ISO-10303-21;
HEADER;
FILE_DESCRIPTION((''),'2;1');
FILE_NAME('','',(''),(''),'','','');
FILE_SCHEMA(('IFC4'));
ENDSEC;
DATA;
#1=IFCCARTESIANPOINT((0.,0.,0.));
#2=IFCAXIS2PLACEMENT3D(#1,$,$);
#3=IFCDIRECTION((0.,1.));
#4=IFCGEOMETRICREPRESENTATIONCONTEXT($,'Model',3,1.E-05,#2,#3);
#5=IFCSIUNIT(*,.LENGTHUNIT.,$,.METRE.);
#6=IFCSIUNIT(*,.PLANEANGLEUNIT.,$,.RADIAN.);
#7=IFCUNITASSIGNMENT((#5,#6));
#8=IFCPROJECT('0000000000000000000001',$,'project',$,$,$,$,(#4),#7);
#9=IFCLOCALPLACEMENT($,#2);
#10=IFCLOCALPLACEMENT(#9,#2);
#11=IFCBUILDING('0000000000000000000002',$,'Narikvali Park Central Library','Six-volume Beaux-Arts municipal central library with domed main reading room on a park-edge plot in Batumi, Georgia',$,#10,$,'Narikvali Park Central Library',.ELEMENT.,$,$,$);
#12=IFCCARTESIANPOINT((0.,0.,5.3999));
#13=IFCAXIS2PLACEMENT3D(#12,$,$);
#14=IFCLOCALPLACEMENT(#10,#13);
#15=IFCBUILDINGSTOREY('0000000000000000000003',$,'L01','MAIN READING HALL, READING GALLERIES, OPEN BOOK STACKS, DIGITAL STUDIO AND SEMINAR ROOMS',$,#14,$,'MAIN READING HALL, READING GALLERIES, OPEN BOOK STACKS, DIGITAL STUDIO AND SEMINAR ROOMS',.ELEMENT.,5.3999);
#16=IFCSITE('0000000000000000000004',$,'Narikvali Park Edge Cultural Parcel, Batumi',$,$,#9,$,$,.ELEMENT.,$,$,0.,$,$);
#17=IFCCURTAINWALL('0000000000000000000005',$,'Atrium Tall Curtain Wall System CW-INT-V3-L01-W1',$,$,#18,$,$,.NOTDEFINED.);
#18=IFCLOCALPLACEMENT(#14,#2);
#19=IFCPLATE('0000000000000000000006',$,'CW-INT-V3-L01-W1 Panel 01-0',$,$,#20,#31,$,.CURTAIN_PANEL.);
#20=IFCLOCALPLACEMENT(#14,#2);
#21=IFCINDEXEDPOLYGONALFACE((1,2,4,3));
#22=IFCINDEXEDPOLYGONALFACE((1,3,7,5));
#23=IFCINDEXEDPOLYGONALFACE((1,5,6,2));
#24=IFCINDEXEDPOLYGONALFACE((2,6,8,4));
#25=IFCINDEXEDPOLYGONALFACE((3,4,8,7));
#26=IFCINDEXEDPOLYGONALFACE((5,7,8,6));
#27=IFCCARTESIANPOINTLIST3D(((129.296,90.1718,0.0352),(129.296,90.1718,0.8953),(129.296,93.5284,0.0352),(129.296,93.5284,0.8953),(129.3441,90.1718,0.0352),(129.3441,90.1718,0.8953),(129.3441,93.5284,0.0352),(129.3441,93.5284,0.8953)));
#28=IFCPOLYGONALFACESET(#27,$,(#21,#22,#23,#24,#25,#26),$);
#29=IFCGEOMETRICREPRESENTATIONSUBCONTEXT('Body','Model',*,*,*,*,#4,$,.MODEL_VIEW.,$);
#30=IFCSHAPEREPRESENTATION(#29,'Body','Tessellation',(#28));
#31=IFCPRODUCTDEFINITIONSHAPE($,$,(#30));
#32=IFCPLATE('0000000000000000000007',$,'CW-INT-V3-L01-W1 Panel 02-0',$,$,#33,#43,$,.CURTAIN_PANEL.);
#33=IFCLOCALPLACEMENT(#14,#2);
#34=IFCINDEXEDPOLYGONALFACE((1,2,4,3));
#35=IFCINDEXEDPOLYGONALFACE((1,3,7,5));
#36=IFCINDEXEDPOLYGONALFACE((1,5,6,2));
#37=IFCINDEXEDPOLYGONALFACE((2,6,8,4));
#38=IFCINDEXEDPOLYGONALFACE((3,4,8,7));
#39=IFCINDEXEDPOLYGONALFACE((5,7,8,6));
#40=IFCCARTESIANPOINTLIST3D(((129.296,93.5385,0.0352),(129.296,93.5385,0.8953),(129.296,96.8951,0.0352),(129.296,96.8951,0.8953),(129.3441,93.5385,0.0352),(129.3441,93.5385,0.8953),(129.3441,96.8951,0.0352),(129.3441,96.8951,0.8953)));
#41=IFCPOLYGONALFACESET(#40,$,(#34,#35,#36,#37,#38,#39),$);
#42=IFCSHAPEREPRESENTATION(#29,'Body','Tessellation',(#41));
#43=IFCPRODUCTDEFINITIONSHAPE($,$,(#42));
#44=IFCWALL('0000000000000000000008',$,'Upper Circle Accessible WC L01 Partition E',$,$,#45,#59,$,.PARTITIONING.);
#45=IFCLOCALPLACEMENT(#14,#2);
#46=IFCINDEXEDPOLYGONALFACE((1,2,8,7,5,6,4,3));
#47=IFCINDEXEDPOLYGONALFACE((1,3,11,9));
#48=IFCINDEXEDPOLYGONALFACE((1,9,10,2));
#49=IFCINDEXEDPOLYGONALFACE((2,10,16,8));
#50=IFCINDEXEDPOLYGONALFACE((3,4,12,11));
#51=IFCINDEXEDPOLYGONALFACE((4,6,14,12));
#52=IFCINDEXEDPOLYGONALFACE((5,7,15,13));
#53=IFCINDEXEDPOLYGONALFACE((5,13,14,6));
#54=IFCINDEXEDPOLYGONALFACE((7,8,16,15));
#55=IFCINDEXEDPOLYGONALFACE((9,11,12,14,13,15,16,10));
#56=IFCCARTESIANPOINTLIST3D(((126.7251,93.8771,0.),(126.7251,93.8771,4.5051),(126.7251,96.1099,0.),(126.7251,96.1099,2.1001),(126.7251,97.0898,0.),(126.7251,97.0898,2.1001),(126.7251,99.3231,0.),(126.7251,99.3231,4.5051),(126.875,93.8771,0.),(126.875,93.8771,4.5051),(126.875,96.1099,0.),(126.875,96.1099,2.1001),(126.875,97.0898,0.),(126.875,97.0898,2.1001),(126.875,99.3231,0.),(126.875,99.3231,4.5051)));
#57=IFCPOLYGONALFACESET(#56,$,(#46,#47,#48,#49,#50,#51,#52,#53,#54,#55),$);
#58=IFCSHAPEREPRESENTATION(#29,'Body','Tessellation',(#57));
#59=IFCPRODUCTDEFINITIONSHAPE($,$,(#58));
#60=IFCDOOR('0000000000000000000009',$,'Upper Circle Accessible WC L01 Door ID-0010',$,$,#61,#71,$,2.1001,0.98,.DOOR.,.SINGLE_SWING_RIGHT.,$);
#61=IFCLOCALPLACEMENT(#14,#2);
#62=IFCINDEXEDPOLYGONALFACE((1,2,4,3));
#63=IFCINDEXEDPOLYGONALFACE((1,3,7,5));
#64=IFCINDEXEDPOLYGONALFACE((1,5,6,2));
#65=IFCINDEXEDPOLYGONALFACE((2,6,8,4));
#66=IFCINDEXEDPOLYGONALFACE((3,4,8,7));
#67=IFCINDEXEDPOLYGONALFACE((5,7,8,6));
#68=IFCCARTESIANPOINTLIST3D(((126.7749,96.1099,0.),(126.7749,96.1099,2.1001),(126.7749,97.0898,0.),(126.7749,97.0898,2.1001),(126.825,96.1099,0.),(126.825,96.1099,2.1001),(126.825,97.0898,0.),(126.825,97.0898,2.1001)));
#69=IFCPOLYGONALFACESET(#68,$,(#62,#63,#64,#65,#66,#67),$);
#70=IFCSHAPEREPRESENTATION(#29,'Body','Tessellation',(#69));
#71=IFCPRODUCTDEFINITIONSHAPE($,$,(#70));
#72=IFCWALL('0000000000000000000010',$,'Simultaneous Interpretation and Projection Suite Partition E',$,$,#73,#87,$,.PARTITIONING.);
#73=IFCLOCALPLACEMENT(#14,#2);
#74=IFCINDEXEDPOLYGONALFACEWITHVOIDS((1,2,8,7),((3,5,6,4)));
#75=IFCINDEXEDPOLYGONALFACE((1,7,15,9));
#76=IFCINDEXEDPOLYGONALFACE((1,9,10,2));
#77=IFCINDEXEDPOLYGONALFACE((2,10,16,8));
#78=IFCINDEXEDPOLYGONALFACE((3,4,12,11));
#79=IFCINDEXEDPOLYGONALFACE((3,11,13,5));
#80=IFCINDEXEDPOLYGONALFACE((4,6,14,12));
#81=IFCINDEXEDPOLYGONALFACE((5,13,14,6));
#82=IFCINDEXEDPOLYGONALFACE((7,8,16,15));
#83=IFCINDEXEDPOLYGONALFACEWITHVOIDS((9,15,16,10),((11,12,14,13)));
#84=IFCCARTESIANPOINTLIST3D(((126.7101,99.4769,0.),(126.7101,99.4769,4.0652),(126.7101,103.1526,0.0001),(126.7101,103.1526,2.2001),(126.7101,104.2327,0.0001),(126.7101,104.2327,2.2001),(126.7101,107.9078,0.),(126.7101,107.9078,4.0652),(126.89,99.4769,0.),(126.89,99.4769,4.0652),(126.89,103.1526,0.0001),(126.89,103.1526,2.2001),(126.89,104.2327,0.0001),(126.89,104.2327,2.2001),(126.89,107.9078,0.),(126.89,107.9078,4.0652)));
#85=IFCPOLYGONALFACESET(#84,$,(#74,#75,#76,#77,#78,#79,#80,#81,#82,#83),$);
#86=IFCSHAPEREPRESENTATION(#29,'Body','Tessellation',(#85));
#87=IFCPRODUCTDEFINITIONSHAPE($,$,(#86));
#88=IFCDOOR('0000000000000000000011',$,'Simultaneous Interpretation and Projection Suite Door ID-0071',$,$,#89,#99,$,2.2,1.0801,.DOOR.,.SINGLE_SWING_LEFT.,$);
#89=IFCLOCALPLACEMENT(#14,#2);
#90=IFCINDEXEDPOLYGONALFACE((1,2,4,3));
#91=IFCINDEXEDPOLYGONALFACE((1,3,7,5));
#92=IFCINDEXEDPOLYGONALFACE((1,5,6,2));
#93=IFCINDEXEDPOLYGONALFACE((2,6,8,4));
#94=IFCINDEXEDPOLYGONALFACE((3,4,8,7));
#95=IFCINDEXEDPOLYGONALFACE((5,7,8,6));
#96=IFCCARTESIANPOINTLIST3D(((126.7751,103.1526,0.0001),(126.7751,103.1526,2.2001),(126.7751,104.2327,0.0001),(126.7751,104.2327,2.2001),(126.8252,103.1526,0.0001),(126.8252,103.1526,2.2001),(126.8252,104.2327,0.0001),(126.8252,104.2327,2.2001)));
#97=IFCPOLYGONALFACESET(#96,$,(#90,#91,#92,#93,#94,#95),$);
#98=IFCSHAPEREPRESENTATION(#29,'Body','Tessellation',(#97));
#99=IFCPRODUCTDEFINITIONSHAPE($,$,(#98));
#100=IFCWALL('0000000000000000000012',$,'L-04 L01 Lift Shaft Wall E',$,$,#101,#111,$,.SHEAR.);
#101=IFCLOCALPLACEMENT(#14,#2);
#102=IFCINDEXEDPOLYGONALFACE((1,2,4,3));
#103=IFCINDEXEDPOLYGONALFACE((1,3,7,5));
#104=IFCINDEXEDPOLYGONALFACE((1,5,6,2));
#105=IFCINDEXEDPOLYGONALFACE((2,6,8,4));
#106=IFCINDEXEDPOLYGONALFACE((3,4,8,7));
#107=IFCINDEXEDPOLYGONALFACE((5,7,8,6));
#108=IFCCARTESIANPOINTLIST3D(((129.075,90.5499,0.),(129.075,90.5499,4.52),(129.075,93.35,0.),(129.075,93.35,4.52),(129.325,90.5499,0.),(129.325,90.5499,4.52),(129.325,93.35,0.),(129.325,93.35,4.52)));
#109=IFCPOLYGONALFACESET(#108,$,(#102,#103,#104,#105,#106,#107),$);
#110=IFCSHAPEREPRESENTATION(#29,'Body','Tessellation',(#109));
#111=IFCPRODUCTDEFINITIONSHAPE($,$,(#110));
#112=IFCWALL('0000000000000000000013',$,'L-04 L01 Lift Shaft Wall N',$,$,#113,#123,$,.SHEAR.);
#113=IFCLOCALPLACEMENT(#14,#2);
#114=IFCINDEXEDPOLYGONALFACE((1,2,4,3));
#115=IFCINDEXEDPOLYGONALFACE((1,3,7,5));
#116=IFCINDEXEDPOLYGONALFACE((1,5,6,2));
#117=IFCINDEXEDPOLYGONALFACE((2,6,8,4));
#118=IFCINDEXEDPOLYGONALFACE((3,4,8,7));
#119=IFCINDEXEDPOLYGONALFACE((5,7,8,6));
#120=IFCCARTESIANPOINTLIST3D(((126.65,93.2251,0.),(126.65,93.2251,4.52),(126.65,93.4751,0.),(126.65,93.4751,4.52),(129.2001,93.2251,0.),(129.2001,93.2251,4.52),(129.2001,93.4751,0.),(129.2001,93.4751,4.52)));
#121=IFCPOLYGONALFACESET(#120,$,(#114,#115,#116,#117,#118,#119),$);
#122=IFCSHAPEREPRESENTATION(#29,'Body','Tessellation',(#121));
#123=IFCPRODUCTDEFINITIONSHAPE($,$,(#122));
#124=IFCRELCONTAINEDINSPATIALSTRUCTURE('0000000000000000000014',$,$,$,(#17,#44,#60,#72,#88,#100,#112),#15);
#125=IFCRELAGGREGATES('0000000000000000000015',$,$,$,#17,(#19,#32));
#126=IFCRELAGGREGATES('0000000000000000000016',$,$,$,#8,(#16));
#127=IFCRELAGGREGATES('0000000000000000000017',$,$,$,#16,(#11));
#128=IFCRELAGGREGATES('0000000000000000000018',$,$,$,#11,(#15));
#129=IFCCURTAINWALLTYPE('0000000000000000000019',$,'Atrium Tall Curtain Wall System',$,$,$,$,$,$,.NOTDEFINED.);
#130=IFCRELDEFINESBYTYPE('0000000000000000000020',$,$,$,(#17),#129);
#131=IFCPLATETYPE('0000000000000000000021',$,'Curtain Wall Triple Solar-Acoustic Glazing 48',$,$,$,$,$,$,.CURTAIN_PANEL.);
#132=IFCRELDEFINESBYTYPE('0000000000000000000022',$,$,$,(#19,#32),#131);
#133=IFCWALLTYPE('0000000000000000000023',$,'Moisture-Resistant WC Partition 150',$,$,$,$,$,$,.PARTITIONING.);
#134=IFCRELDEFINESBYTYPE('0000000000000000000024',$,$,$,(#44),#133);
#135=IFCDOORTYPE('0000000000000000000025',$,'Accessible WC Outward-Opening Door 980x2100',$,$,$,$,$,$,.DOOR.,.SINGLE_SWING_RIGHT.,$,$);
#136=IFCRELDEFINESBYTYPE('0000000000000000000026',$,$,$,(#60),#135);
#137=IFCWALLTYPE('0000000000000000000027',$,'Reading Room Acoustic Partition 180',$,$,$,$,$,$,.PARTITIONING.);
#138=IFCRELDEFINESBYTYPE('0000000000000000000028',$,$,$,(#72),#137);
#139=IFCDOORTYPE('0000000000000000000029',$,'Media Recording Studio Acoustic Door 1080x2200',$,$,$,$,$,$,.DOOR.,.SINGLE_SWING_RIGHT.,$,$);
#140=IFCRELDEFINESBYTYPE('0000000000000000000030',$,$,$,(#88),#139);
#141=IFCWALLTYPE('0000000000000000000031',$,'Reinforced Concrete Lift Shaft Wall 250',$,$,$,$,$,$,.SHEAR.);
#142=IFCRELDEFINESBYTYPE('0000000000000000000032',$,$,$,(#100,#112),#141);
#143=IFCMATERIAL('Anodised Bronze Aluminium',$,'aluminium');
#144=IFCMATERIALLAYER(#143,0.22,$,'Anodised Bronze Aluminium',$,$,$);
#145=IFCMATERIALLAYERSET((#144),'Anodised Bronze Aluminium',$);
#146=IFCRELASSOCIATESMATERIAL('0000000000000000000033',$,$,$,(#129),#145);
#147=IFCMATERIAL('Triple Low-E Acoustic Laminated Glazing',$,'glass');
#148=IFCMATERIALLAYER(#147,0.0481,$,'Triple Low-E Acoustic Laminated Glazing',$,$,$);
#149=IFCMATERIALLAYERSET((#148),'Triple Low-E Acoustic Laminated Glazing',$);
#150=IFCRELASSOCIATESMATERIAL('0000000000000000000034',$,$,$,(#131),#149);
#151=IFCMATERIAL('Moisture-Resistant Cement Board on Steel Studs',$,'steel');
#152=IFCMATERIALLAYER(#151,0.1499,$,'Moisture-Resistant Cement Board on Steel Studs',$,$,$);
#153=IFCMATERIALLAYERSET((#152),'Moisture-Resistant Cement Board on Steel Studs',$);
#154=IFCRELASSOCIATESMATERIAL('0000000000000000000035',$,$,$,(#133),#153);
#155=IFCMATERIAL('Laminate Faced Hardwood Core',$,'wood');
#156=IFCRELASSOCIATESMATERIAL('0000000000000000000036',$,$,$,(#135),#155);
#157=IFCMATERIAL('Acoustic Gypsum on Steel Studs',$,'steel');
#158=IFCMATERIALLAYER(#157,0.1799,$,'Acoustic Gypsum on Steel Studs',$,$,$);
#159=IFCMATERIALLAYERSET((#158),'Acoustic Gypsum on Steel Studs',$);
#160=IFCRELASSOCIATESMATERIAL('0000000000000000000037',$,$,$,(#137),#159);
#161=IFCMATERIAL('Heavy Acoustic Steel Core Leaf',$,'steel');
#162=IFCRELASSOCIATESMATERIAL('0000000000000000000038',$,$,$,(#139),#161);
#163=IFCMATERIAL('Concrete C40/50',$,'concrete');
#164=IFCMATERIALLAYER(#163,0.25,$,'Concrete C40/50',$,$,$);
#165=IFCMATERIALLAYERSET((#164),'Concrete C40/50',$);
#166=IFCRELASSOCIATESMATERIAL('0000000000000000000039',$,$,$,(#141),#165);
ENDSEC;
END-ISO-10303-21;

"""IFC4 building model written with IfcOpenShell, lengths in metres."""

from ifc_helpers import new_model, si_unit, direction, frame, frame_2d, origin, origin_2d, place, context, subcontext, project, spatial, rectangle, extrude, material, layer, layer_set, type_object, element, fill, aggregate, save


model = new_model("IFC4")

# Units and contexts
model_context = context("Model", 3, precision=1e-05, world=origin(), true_north=direction((0.0, 1.0)))
body_context = subcontext(model_context, "Body", "Model", "MODEL_VIEW")
ifc_project = project(units=[si_unit("LENGTHUNIT", "METRE"), si_unit("PLANEANGLEUNIT", "RADIAN")], contexts=[model_context])

# Site, building, storey
site_placement = place(None, origin())
site = spatial("IfcSite", under=ifc_project, at=site_placement, Name="Narikvali Park Edge Cultural Parcel, Batumi", CompositionType="ELEMENT", RefElevation=0.0)
building_placement = place(site_placement, origin())
building = spatial("IfcBuilding", under=site, at=building_placement, Name="Narikvali Park Central Library", Description="Six-volume Beaux-Arts municipal central library with domed main reading room on a park-edge plot in Batumi, Georgia", LongName="Narikvali Park Central Library", CompositionType="ELEMENT")
storey_placement = place(building_placement, frame((0.0, 0.0, 5.3999)))
storey = spatial("IfcBuildingStorey", under=building, at=storey_placement, Name="L01", Description="MAIN READING HALL, READING GALLERIES, OPEN BOOK STACKS, DIGITAL STUDIO AND SEMINAR ROOMS", LongName="MAIN READING HALL, READING GALLERIES, OPEN BOOK STACKS, DIGITAL STUDIO AND SEMINAR ROOMS", CompositionType="ELEMENT", Elevation=5.3999)

# Curtain wall
ifc_material_1 = material(Name="Anodised Bronze Aluminium", Category="aluminium")
ifc_layer_1 = layer(ifc_material_1, 0.22, Name="Anodised Bronze Aluminium")
ifc_layer_set_1 = layer_set([ifc_layer_1], Name="Anodised Bronze Aluminium")
curtain_wall_type = type_object("IfcCurtainWallType", Name="Atrium Tall Curtain Wall System", PredefinedType="NOTDEFINED", material=ifc_layer_set_1)
curtain_wall_1_placement = place(storey_placement, origin())
curtain_wall_1 = element("IfcCurtainWall", 1, at=curtain_wall_1_placement, inside=storey, type_object=curtain_wall_type, Name="Atrium Tall Curtain Wall System CW-INT-V3-L01-W1", PredefinedType="NOTDEFINED")

# Plates
ifc_material_2 = material(Name="Triple Low-E Acoustic Laminated Glazing", Category="glass")
ifc_layer_2 = layer(ifc_material_2, 0.0481, Name="Triple Low-E Acoustic Laminated Glazing")
ifc_layer_set_2 = layer_set([ifc_layer_2], Name="Triple Low-E Acoustic Laminated Glazing")
plate_type_1 = type_object("IfcPlateType", Name="Curtain Wall Triple Solar-Acoustic Glazing 48", PredefinedType="CURTAIN_PANEL", material=ifc_layer_set_2)
plate_1_placement = place(storey_placement, frame((129.3201, 91.8501, 0.0352), z_axis=(0.0, 0.0, 1.0), x_axis=(0.0, 1.0, 0.0)))
plate_1 = element("IfcPlate", 2, at=plate_1_placement, type_object=plate_type_1, Name="CW-INT-V3-L01-W1 Panel 01-0", PredefinedType="CURTAIN_PANEL", context=body_context, shape_type="SweptSolid", body=[
    extrude(rectangle(XDim=3.3567, YDim=0.0481, at=origin_2d()), origin(), (0.0, 0.0, 1.0), 0.8601),
])
plate_2_placement = place(storey_placement, frame((129.3201, 95.2168, 0.0352), z_axis=(0.0, 0.0, 1.0), x_axis=(0.0, 1.0, 0.0)))
plate_2 = element("IfcPlate", 3, at=plate_2_placement, type_object=plate_type_1, Name="CW-INT-V3-L01-W1 Panel 02-0", PredefinedType="CURTAIN_PANEL", context=body_context, shape_type="SweptSolid", body=[
    extrude(rectangle(XDim=3.3567, YDim=0.0481, at=origin_2d()), origin(), (0.0, 0.0, 1.0), 0.8601),
])
aggregate(curtain_wall_1, [plate_1, plate_2])

# Walls, openings, doors
ifc_material_3 = material(Name="Moisture-Resistant Cement Board on Steel Studs", Category="steel")
ifc_layer_3 = layer(ifc_material_3, 0.1499, Name="Moisture-Resistant Cement Board on Steel Studs")
ifc_layer_set_3 = layer_set([ifc_layer_3], Name="Moisture-Resistant Cement Board on Steel Studs")
wall_type_1 = type_object("IfcWallType", Name="Moisture-Resistant WC Partition 150", PredefinedType="PARTITIONING", material=ifc_layer_set_3)
wall_1_placement = place(storey_placement, frame((126.8, 93.877, 0.0), z_axis=(0.0, 0.0, 1.0), x_axis=(0.0, 1.0, 0.0)))
wall_1 = element("IfcWall", 4, at=wall_1_placement, inside=storey, type_object=wall_type_1, Name="Upper Circle Accessible WC L01 Partition E", PredefinedType="PARTITIONING", context=body_context, shape_type="SweptSolid", body=[
    extrude(rectangle(XDim=5.446, YDim=0.1499, at=frame_2d((2.7231, 0.0))), origin(), (0.0, 0.0, 1.0), 4.5051),
])
opening_1_placement = place(wall_1_placement, frame((2.2329, 0.0, 0.0)))
opening_1 = element("IfcOpeningElement", 5, at=opening_1_placement, cuts=wall_1, PredefinedType="OPENING", context=body_context, shape_type="SweptSolid", body=[
    extrude(rectangle(XDim=0.98, YDim=2.1001, at=frame_2d((0.49, 1.05))), frame((0.0, 0.0869, 0.0), z_axis=(0.0, -1.0, 0.0), x_axis=(1.0, 0.0, 0.0)), (0.0, 0.0, 1.0), 0.1738),
])
ifc_material_4 = material(Name="Laminate Faced Hardwood Core", Category="wood")
door_type_1 = type_object("IfcDoorType", Name="Accessible WC Outward-Opening Door 980x2100", OperationType="SINGLE_SWING_RIGHT", PredefinedType="DOOR", material=ifc_material_4)
door_1_placement = place(opening_1_placement, frame((0.98, 0.0, 0.0), z_axis=(0.0, 0.0, 1.0), x_axis=(-1.0, 0.0, 0.0)))
door_1 = element("IfcDoor", 6, at=door_1_placement, inside=storey, type_object=door_type_1, Name="Upper Circle Accessible WC L01 Door ID-0010", OperationType="SINGLE_SWING_RIGHT", OverallHeight=2.1001, OverallWidth=0.98, PredefinedType="DOOR", context=body_context, shape_type="SweptSolid", body=[
    extrude(rectangle(XDim=0.98, YDim=2.1001, at=frame_2d((0.49, 1.05))), frame((0.0, 0.0249, 0.0), z_axis=(0.0, -1.0, 0.0), x_axis=(1.0, 0.0, 0.0)), (0.0, 0.0, 1.0), 0.05),
])
fill(opening_1, door_1)
ifc_material_5 = material(Name="Acoustic Gypsum on Steel Studs", Category="steel")
ifc_layer_4 = layer(ifc_material_5, 0.1799, Name="Acoustic Gypsum on Steel Studs")
ifc_layer_set_4 = layer_set([ifc_layer_4], Name="Acoustic Gypsum on Steel Studs")
wall_type_2 = type_object("IfcWallType", Name="Reading Room Acoustic Partition 180", PredefinedType="PARTITIONING", material=ifc_layer_set_4)
wall_2_placement = place(storey_placement, frame((126.8, 99.4771, 0.0), z_axis=(0.0, 0.0, 1.0), x_axis=(0.0, 1.0, 0.0)))
wall_2 = element("IfcWall", 7, at=wall_2_placement, inside=storey, type_object=wall_type_2, Name="Simultaneous Interpretation and Projection Suite Partition E", PredefinedType="PARTITIONING", context=body_context, shape_type="SweptSolid", body=[
    extrude(rectangle(XDim=8.4309, YDim=0.1799, at=frame_2d((4.2153, 0.0))), origin(), (0.0, 0.0, 1.0), 4.0652),
])
opening_2_placement = place(wall_2_placement, frame((3.6755, 0.0, 0.0)))
opening_2 = element("IfcOpeningElement", 8, at=opening_2_placement, cuts=wall_2, PredefinedType="OPENING", context=body_context, shape_type="SweptSolid", body=[
    extrude(rectangle(XDim=1.0801, YDim=2.2, at=frame_2d((0.54, 1.1001))), frame((0.0, 0.1021, 0.0), z_axis=(0.0, -1.0, 0.0), x_axis=(1.0, 0.0, 0.0)), (0.0, 0.0, 1.0), 0.2039),
])
ifc_material_6 = material(Name="Heavy Acoustic Steel Core Leaf", Category="steel")
door_type_2 = type_object("IfcDoorType", Name="Media Recording Studio Acoustic Door 1080x2200", OperationType="SINGLE_SWING_RIGHT", PredefinedType="DOOR", material=ifc_material_6)
door_2_placement = place(opening_2_placement, origin())
door_2 = element("IfcDoor", 9, at=door_2_placement, inside=storey, type_object=door_type_2, Name="Simultaneous Interpretation and Projection Suite Door ID-0071", OperationType="SINGLE_SWING_LEFT", OverallHeight=2.2, OverallWidth=1.0801, PredefinedType="DOOR", context=body_context, shape_type="SweptSolid", body=[
    extrude(rectangle(XDim=1.0801, YDim=2.2, at=frame_2d((0.54, 1.1001))), frame((0.0, 0.0249, 0.0), z_axis=(0.0, -1.0, 0.0), x_axis=(1.0, 0.0, 0.0)), (0.0, 0.0, 1.0), 0.05),
])
fill(opening_2, door_2)

# Walls
ifc_material_7 = material(Name="Concrete C40/50", Category="concrete")
ifc_layer_5 = layer(ifc_material_7, 0.25, Name="Concrete C40/50")
ifc_layer_set_5 = layer_set([ifc_layer_5], Name="Concrete C40/50")
wall_type_3 = type_object("IfcWallType", Name="Reinforced Concrete Lift Shaft Wall 250", PredefinedType="SHEAR", material=ifc_layer_set_5)
wall_3_placement = place(storey_placement, frame((129.2, 90.55, 0.0), z_axis=(0.0, 0.0, 1.0), x_axis=(0.0, 1.0, 0.0)))
element("IfcWall", 10, at=wall_3_placement, inside=storey, type_object=wall_type_3, Name="L-04 L01 Lift Shaft Wall E", PredefinedType="SHEAR", context=body_context, shape_type="SweptSolid", body=[
    extrude(rectangle(XDim=2.8, YDim=0.25, at=frame_2d((1.3999, 0.0))), origin(), (0.0, 0.0, 1.0), 4.52),
])
wall_4_placement = place(storey_placement, frame((129.2, 93.3501, 0.0), z_axis=(0.0, 0.0, 1.0), x_axis=(-1.0, 0.0, 0.0)))
element("IfcWall", 11, at=wall_4_placement, inside=storey, type_object=wall_type_3, Name="L-04 L01 Lift Shaft Wall N", PredefinedType="SHEAR", context=body_context, shape_type="SweptSolid", body=[
    extrude(rectangle(XDim=2.55, YDim=0.25, at=frame_2d((1.2749, 0.0))), origin(), (0.0, 0.0, 1.0), 4.52),
])

save(model, "model.ifc")
